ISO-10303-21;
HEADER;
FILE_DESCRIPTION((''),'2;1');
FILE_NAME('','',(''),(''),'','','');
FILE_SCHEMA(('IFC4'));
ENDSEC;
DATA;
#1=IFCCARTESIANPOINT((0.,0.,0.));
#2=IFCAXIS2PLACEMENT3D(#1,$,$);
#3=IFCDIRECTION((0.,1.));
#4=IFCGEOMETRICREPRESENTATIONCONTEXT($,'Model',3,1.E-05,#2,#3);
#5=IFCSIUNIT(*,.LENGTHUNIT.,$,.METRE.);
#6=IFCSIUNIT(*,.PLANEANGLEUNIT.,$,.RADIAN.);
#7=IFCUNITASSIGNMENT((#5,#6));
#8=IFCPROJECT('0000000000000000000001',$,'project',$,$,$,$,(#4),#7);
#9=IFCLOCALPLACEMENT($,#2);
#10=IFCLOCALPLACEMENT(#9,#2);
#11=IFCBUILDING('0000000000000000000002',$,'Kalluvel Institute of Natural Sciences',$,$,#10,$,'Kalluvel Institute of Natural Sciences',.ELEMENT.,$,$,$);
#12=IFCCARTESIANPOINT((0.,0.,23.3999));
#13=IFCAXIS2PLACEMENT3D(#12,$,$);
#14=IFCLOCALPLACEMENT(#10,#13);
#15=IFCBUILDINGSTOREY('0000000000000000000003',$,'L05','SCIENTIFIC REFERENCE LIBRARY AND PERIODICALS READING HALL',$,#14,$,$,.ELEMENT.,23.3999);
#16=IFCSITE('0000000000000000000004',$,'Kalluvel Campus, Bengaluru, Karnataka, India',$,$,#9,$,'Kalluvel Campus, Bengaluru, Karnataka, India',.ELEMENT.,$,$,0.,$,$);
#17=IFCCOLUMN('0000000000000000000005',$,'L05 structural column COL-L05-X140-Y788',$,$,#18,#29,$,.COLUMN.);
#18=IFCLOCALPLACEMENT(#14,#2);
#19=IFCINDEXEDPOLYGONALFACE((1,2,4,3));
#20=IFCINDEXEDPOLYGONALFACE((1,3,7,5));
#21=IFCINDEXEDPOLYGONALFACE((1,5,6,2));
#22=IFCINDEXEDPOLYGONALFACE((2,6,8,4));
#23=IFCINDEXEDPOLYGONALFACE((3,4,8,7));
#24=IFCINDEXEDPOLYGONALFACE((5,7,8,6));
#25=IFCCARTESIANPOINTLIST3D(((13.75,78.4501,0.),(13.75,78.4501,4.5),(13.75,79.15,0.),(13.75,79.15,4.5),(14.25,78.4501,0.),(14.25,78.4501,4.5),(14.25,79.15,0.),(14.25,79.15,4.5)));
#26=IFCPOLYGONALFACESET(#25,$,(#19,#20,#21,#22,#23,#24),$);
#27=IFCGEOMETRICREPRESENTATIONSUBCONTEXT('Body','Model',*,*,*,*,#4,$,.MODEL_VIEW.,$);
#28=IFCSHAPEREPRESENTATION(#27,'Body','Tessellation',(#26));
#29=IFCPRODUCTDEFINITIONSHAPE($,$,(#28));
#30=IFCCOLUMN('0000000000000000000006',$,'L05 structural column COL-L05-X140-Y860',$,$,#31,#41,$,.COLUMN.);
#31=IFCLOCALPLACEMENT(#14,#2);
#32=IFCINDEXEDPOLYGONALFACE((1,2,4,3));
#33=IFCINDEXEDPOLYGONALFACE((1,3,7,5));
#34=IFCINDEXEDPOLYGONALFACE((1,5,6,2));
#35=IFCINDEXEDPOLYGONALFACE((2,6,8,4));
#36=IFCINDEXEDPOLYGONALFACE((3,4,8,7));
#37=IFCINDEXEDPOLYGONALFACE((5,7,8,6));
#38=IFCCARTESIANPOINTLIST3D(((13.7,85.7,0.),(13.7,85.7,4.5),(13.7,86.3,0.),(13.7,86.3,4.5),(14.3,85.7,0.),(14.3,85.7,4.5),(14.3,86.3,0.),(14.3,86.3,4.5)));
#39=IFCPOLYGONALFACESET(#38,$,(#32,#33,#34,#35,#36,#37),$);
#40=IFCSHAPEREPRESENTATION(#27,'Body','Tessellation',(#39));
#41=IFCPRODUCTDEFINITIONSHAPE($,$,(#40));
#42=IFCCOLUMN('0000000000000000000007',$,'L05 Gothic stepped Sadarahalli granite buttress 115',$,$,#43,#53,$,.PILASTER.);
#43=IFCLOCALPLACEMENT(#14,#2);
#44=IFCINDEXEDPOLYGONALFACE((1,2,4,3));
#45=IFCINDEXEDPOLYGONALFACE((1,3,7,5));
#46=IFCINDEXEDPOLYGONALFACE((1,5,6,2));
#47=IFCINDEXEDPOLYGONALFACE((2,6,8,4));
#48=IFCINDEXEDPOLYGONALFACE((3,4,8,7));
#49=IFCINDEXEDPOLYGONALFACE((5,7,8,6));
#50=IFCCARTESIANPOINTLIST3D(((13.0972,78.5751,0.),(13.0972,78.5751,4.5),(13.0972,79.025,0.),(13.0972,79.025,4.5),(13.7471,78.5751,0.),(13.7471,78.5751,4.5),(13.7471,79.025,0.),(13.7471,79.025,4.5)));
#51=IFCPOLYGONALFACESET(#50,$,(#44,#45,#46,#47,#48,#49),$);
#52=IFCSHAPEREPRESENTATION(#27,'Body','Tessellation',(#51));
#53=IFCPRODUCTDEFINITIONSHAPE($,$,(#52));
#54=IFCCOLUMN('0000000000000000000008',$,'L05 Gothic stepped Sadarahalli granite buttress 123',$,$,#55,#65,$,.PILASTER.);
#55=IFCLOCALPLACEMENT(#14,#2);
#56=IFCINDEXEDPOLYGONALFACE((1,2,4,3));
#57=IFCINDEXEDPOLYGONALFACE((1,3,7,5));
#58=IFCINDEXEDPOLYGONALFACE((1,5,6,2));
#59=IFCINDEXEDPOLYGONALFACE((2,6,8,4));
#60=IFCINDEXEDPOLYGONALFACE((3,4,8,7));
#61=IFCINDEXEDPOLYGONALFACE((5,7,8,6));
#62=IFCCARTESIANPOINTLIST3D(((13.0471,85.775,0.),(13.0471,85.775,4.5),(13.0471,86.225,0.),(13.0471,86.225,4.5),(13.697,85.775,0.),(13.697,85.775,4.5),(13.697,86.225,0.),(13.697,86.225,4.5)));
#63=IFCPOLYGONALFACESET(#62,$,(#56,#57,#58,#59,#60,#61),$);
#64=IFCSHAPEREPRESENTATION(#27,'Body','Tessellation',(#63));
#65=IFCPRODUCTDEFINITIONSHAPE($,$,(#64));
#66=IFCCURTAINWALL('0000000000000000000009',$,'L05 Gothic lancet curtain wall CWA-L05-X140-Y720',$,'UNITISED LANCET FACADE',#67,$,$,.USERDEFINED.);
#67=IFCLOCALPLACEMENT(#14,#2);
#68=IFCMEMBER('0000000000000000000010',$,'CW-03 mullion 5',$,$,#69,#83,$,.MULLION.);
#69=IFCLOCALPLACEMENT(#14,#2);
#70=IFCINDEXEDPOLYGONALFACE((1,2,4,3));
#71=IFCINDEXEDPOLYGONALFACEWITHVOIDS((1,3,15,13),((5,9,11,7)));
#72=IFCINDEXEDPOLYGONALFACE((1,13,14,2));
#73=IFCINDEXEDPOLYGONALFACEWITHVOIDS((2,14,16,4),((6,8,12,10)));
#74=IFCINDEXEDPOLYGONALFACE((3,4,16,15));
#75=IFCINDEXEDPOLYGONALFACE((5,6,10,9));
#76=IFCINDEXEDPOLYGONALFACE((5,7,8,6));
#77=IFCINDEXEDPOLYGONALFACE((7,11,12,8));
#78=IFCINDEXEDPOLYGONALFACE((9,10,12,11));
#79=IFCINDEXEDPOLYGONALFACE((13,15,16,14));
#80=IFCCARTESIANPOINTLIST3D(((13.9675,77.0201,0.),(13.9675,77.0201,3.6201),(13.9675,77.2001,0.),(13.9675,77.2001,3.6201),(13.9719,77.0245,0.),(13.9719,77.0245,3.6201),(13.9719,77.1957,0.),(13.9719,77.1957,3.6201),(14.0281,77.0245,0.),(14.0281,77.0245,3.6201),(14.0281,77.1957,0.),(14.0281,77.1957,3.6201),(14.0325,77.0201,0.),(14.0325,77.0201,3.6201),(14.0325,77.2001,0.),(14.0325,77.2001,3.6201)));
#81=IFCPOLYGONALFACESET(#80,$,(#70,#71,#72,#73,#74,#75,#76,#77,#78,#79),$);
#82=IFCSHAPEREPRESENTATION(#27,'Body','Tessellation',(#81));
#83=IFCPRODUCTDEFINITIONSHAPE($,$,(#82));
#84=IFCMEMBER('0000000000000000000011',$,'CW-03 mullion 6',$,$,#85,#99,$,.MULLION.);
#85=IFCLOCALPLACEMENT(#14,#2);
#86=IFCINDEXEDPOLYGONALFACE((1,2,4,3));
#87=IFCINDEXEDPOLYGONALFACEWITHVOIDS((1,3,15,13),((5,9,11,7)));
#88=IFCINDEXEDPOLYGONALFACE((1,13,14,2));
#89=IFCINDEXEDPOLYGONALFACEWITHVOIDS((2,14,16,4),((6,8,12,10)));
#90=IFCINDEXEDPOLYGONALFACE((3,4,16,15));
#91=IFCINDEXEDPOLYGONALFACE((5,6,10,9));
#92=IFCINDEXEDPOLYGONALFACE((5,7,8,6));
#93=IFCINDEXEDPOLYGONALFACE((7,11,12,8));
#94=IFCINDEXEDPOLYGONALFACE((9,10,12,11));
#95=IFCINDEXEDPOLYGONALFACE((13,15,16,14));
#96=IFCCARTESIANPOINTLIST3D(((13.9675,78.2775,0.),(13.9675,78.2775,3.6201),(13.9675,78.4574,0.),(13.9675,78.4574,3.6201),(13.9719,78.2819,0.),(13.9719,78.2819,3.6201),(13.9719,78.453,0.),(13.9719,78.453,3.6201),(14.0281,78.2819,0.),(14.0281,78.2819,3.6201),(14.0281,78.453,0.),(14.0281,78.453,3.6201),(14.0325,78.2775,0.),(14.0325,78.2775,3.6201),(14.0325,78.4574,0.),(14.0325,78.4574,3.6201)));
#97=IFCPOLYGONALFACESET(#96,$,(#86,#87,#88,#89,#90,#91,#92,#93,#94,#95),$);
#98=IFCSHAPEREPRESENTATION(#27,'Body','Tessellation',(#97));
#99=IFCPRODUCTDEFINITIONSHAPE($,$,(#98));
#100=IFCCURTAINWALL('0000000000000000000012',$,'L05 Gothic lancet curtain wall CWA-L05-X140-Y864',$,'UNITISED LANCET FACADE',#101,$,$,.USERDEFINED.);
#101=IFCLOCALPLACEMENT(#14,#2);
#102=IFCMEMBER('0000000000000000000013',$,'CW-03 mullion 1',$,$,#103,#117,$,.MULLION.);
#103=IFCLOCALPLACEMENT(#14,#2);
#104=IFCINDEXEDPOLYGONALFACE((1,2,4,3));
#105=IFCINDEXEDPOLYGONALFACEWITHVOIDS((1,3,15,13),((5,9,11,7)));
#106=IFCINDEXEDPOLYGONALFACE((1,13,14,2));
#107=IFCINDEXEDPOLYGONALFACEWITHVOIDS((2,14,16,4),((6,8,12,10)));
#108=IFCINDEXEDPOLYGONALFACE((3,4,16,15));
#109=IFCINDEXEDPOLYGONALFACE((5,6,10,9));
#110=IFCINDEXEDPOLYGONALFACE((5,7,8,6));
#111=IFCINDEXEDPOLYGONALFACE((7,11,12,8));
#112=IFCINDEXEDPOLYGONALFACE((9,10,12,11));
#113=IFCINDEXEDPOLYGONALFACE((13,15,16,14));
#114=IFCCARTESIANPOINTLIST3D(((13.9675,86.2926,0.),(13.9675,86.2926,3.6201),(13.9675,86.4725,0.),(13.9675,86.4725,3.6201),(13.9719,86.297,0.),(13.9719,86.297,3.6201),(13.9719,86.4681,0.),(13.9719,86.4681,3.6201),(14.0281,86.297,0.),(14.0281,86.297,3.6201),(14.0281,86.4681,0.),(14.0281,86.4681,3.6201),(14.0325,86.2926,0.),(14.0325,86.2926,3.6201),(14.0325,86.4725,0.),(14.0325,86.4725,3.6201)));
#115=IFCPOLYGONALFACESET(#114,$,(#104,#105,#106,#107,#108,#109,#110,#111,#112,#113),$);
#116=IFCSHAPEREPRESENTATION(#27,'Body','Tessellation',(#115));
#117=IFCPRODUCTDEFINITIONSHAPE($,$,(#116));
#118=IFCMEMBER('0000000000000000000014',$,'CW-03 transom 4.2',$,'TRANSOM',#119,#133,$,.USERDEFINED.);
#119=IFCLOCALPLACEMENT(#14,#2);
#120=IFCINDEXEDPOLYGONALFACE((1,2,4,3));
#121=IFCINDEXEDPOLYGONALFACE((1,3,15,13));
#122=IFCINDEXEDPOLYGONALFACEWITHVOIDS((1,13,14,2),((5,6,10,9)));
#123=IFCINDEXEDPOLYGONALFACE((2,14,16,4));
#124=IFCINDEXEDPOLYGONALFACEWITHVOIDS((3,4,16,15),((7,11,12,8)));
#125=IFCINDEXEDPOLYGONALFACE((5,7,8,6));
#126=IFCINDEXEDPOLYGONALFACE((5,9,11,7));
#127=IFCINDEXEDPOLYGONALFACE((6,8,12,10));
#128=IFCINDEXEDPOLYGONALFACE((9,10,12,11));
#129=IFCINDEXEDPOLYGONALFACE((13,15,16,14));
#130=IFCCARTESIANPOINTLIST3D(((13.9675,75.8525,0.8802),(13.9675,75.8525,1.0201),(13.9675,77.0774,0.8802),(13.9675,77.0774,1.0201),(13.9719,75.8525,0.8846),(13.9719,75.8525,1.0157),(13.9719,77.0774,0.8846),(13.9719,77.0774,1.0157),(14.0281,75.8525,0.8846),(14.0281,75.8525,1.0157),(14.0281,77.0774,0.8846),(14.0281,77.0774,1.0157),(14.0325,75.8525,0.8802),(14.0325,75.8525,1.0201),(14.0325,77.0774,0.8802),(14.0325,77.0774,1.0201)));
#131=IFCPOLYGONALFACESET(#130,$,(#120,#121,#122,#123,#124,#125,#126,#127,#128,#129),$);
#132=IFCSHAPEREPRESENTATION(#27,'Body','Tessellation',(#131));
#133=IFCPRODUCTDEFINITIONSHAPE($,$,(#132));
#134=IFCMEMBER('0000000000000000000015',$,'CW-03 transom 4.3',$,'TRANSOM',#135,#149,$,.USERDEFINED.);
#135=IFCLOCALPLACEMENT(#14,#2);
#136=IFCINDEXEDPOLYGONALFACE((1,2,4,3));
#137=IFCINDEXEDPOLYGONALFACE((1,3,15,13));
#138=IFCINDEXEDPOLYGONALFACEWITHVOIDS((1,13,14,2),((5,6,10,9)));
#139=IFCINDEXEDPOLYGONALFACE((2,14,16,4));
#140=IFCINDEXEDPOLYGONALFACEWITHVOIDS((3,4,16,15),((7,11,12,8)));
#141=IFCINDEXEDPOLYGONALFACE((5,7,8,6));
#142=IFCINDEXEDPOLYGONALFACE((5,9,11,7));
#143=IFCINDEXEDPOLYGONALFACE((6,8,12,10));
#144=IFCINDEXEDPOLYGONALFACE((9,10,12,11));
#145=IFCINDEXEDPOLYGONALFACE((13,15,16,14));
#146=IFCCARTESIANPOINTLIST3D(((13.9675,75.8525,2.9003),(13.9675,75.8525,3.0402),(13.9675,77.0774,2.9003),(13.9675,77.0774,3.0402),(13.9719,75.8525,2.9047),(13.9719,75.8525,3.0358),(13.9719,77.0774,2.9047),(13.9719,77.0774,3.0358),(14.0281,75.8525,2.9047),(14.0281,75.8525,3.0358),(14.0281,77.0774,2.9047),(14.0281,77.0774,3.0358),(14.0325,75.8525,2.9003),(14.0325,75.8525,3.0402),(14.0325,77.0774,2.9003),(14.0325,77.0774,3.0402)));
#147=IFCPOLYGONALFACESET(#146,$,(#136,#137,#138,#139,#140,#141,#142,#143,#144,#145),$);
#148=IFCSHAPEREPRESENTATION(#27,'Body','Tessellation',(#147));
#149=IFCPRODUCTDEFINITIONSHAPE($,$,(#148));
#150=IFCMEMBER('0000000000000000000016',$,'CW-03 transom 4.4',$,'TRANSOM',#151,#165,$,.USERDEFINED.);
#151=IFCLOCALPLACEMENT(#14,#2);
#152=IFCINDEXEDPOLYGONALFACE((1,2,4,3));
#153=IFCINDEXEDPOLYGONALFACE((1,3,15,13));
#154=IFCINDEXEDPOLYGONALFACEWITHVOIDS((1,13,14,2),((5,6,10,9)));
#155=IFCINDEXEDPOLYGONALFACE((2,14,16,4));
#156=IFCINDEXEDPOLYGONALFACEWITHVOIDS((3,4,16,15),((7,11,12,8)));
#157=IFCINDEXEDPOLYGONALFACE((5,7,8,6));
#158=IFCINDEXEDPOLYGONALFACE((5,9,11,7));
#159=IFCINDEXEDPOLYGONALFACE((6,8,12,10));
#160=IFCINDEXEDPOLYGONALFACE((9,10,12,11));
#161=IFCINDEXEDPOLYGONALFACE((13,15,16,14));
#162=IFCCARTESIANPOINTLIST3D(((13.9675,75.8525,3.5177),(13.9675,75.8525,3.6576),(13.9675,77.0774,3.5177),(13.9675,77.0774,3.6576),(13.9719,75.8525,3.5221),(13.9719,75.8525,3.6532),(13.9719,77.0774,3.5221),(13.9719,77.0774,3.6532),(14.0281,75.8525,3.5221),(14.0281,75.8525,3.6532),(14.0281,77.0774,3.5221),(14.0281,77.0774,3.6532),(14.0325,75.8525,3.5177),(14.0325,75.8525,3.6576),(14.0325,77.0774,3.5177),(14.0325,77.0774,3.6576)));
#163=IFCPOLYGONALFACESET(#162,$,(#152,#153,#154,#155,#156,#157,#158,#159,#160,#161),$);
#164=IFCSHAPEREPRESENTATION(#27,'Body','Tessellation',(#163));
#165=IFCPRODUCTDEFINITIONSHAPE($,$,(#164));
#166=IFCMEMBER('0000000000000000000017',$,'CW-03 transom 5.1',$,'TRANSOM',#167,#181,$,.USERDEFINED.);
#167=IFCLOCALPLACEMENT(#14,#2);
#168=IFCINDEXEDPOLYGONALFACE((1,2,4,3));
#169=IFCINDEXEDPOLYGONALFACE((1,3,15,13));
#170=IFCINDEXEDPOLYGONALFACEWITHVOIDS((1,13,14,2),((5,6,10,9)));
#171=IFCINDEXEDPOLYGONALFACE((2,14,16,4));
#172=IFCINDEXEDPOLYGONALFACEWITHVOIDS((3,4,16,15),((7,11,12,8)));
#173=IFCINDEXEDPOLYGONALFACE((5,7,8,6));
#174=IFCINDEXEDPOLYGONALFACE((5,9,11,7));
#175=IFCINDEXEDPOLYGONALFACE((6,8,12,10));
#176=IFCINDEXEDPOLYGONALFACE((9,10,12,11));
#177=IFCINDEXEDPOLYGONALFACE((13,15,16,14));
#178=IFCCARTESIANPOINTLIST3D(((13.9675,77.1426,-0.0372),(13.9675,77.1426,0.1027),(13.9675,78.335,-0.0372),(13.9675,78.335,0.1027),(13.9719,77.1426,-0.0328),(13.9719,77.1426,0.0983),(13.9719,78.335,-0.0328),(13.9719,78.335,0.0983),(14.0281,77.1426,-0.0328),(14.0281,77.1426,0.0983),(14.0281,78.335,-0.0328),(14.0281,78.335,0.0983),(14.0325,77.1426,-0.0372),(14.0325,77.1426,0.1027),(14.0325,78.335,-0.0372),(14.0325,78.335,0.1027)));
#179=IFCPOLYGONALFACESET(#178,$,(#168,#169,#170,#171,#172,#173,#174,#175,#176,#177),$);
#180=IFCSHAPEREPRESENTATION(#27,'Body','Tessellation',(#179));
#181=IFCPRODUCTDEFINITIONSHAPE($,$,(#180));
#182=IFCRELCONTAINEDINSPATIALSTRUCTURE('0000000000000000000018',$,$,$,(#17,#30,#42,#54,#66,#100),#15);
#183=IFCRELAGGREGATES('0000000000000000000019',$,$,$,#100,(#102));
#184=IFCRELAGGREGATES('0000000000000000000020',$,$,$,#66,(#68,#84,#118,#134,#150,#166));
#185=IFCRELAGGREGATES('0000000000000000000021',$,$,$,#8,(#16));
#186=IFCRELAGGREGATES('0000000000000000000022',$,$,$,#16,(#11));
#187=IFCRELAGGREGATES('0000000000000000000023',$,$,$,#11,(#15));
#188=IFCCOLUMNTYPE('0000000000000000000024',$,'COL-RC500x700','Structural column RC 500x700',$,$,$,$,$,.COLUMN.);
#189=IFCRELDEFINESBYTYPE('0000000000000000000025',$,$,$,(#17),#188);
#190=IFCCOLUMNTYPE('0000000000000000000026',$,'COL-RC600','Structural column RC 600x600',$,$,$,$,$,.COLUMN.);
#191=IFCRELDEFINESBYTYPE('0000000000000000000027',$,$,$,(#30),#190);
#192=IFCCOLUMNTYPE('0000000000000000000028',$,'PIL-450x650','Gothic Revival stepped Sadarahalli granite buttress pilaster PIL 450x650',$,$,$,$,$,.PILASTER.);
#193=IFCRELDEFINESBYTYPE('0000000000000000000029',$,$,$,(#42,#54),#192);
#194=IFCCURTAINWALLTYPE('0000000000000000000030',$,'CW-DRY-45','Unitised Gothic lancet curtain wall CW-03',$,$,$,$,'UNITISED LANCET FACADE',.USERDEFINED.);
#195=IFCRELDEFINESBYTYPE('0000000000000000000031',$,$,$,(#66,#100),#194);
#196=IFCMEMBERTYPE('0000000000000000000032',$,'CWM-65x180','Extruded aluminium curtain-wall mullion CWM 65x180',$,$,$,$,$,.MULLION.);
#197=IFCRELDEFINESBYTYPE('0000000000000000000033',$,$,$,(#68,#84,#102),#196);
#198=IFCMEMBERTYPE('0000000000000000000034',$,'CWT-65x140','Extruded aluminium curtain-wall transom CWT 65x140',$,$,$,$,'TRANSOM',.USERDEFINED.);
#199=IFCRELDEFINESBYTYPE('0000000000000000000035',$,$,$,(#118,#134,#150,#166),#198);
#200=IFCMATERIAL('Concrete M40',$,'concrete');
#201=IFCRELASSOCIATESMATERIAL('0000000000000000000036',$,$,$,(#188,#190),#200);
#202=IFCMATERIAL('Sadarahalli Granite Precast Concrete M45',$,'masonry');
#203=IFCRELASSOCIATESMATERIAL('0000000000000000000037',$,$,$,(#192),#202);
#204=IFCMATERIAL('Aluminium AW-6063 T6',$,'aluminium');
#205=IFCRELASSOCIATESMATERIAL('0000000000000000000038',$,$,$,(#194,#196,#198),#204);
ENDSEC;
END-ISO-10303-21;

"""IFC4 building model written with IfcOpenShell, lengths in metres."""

from ifc_helpers import new_model, si_unit, direction, frame, origin, origin_2d, place, context, subcontext, project, spatial, rectangle, hollow_rectangle, extrude, material, material_profile, profile_set, type_object, element, aggregate, save


model = new_model("IFC4")

# Units and contexts
model_context = context("Model", 3, precision=1e-05, world=origin(), true_north=direction((0.0, 1.0)))
body_context = subcontext(model_context, "Body", "Model", "MODEL_VIEW")
ifc_project = project(units=[si_unit("LENGTHUNIT", "METRE"), si_unit("PLANEANGLEUNIT", "RADIAN")], contexts=[model_context])

# Site, building, storey
site_placement = place(None, origin())
site = spatial("IfcSite", under=ifc_project, at=site_placement, Name="Kalluvel Campus, Bengaluru, Karnataka, India", LongName="Kalluvel Campus, Bengaluru, Karnataka, India", CompositionType="ELEMENT", RefElevation=0.0)
building_placement = place(site_placement, origin())
building = spatial("IfcBuilding", under=site, at=building_placement, Name="Kalluvel Institute of Natural Sciences", LongName="Kalluvel Institute of Natural Sciences", CompositionType="ELEMENT")
storey_placement = place(building_placement, frame((0.0, 0.0, 23.3999)))
storey = spatial("IfcBuildingStorey", under=building, at=storey_placement, Name="L05", Description="SCIENTIFIC REFERENCE LIBRARY AND PERIODICALS READING HALL", CompositionType="ELEMENT", Elevation=23.3999)

# Columns
ifc_material_1 = material(Name="Concrete M40", Category="concrete")
ifc_material_profile_1 = material_profile(ifc_material_1, rectangle(XDim=0.5, YDim=0.7, at=origin_2d()), Name="RC 500x700")
ifc_profile_set_1 = profile_set([ifc_material_profile_1], Name="Concrete M40")
column_type_1 = type_object("IfcColumnType", Name="COL-RC500x700", Description="Structural column RC 500x700", PredefinedType="COLUMN", material=ifc_profile_set_1)
column_1_placement = place(storey_placement, frame((14.0, 78.8, 0.0), z_axis=(0.0, 0.0, 1.0), x_axis=(1.0, 0.0, 0.0)))
element("IfcColumn", 1, at=column_1_placement, inside=storey, type_object=column_type_1, Name="L05 structural column COL-L05-X140-Y788", PredefinedType="COLUMN", context=body_context, shape_type="SweptSolid", body=[
    extrude(rectangle(XDim=0.5, YDim=0.7, at=origin_2d()), origin(), (0.0, 0.0, 1.0), 4.5),
])
ifc_material_profile_2 = material_profile(ifc_material_1, rectangle(XDim=0.6001, YDim=0.6001, at=origin_2d()), Name="RC 600x600")
ifc_profile_set_2 = profile_set([ifc_material_profile_2], Name="Concrete M40")
column_type_2 = type_object("IfcColumnType", Name="COL-RC600", Description="Structural column RC 600x600", PredefinedType="COLUMN", material=ifc_profile_set_2)
column_2_placement = place(storey_placement, frame((14.0, 86.0, 0.0), z_axis=(0.0, 0.0, 1.0), x_axis=(1.0, 0.0, 0.0)))
element("IfcColumn", 2, at=column_2_placement, inside=storey, type_object=column_type_2, Name="L05 structural column COL-L05-X140-Y860", PredefinedType="COLUMN", context=body_context, shape_type="SweptSolid", body=[
    extrude(rectangle(XDim=0.6001, YDim=0.6001, at=origin_2d()), origin(), (0.0, 0.0, 1.0), 4.5),
])
ifc_material_2 = material(Name="Sadarahalli Granite Precast Concrete M45", Category="masonry")
ifc_material_profile_3 = material_profile(ifc_material_2, rectangle(XDim=0.45, YDim=0.6499, at=origin_2d()), Name="PIL 450x650")
ifc_profile_set_3 = profile_set([ifc_material_profile_3], Name="Sadarahalli Granite Precast Concrete M45")
column_type_3 = type_object("IfcColumnType", Name="PIL-450x650", Description="Gothic Revival stepped Sadarahalli granite buttress pilaster PIL 450x650", PredefinedType="PILASTER", material=ifc_profile_set_3)
for number, where, z_axis, x_axis, name in (
    (3, (13.4221, 78.8, 0.0), (0.0, 0.0, 1.0), (0.0, 1.0, 0.0), "L05 Gothic stepped Sadarahalli granite buttress 115"),
    (4, (13.3721, 86.0, 0.0), (0.0, 0.0, 1.0), (0.0, 1.0, 0.0), "L05 Gothic stepped Sadarahalli granite buttress 123"),
):
    element("IfcColumn", number, at=place(storey_placement, frame(where, z_axis=z_axis, x_axis=x_axis)), inside=storey, type_object=column_type_3, Name=name, PredefinedType="PILASTER", context=body_context, shape_type="SweptSolid", body=[
        extrude(rectangle(XDim=0.45, YDim=0.6499, at=origin_2d()), origin(), (0.0, 0.0, 1.0), 4.5),
    ])

# Curtain wall, members
ifc_material_3 = material(Name="Aluminium AW-6063 T6", Category="aluminium")
curtain_wall_type = type_object("IfcCurtainWallType", Name="CW-DRY-45", Description="Unitised Gothic lancet curtain wall CW-03", ElementType="UNITISED LANCET FACADE", PredefinedType="USERDEFINED", material=ifc_material_3)
curtain_wall_1_placement = place(storey_placement, origin())
curtain_wall_1 = element("IfcCurtainWall", 5, at=curtain_wall_1_placement, inside=storey, type_object=curtain_wall_type, Name="L05 Gothic lancet curtain wall CWA-L05-X140-Y720", ObjectType="UNITISED LANCET FACADE", PredefinedType="USERDEFINED")
ifc_material_profile_4 = material_profile(ifc_material_3, hollow_rectangle(XDim=0.0649, YDim=0.1799, WallThickness=0.0044, at=origin_2d()), Name="CWM 65x180")
ifc_profile_set_4 = profile_set([ifc_material_profile_4], Name="Aluminium AW-6063 T6")
member_type_1 = type_object("IfcMemberType", Name="CWM-65x180", Description="Extruded aluminium curtain-wall mullion CWM 65x180", PredefinedType="MULLION", material=ifc_profile_set_4)
member_1_placement = place(storey_placement, frame((14.0, 77.1101, 0.0), z_axis=(0.0, 0.0, 1.0), x_axis=(-1.0, 0.0, 0.0)))
member_1 = element("IfcMember", 6, at=member_1_placement, type_object=member_type_1, Name="CW-03 mullion 5", PredefinedType="MULLION", context=body_context, shape_type="SweptSolid", body=[
    extrude(hollow_rectangle(XDim=0.0649, YDim=0.1799, WallThickness=0.0044, at=origin_2d()), origin(), (0.0, 0.0, 1.0), 3.6201),
])
member_2_placement = place(storey_placement, frame((14.0, 78.3674, 0.0), z_axis=(0.0, 0.0, 1.0), x_axis=(-1.0, 0.0, 0.0)))
member_2 = element("IfcMember", 7, at=member_2_placement, type_object=member_type_1, Name="CW-03 mullion 6", PredefinedType="MULLION", context=body_context, shape_type="SweptSolid", body=[
    extrude(hollow_rectangle(XDim=0.0649, YDim=0.1799, WallThickness=0.0044, at=origin_2d()), origin(), (0.0, 0.0, 1.0), 3.6201),
])

# Curtain wall, member
curtain_wall_2_placement = place(storey_placement, origin())
curtain_wall_2 = element("IfcCurtainWall", 8, at=curtain_wall_2_placement, inside=storey, type_object=curtain_wall_type, Name="L05 Gothic lancet curtain wall CWA-L05-X140-Y864", ObjectType="UNITISED LANCET FACADE", PredefinedType="USERDEFINED")
member_3_placement = place(storey_placement, frame((14.0, 86.3826, 0.0), z_axis=(0.0, 0.0, 1.0), x_axis=(-1.0, 0.0, 0.0)))
member_3 = element("IfcMember", 9, at=member_3_placement, type_object=member_type_1, Name="CW-03 mullion 1", PredefinedType="MULLION", context=body_context, shape_type="SweptSolid", body=[
    extrude(hollow_rectangle(XDim=0.0649, YDim=0.1799, WallThickness=0.0044, at=origin_2d()), origin(), (0.0, 0.0, 1.0), 3.6201),
])

# Members
ifc_material_profile_5 = material_profile(ifc_material_3, hollow_rectangle(XDim=0.0649, YDim=0.1399, WallThickness=0.0044, at=origin_2d()), Name="CWT 65x140")
ifc_profile_set_5 = profile_set([ifc_material_profile_5], Name="Aluminium AW-6063 T6")
member_type_2 = type_object("IfcMemberType", Name="CWT-65x140", Description="Extruded aluminium curtain-wall transom CWT 65x140", ElementType="TRANSOM", PredefinedType="USERDEFINED", material=ifc_profile_set_5)
member_4_placement = place(storey_placement, frame((14.0, 75.8525, 0.9502), z_axis=(0.0, 1.0, 0.0), x_axis=(-1.0, 0.0, 0.0)))
member_4 = element("IfcMember", 10, at=member_4_placement, type_object=member_type_2, Name="CW-03 transom 4.2", ObjectType="TRANSOM", PredefinedType="USERDEFINED", context=body_context, shape_type="SweptSolid", body=[
    extrude(hollow_rectangle(XDim=0.0649, YDim=0.1399, WallThickness=0.0044, at=origin_2d()), origin(), (0.0, 0.0, 1.0), 1.2249),
])
member_5_placement = place(storey_placement, frame((14.0, 75.8525, 2.9702), z_axis=(0.0, 1.0, 0.0), x_axis=(-1.0, 0.0, 0.0)))
member_5 = element("IfcMember", 11, at=member_5_placement, type_object=member_type_2, Name="CW-03 transom 4.3", ObjectType="TRANSOM", PredefinedType="USERDEFINED", context=body_context, shape_type="SweptSolid", body=[
    extrude(hollow_rectangle(XDim=0.0649, YDim=0.1399, WallThickness=0.0044, at=origin_2d()), origin(), (0.0, 0.0, 1.0), 1.2249),
])
member_6_placement = place(storey_placement, frame((14.0, 75.8525, 3.5876), z_axis=(0.0, 1.0, 0.0), x_axis=(-1.0, 0.0, 0.0)))
member_6 = element("IfcMember", 12, at=member_6_placement, type_object=member_type_2, Name="CW-03 transom 4.4", ObjectType="TRANSOM", PredefinedType="USERDEFINED", context=body_context, shape_type="SweptSolid", body=[
    extrude(hollow_rectangle(XDim=0.0649, YDim=0.1399, WallThickness=0.0044, at=origin_2d()), origin(), (0.0, 0.0, 1.0), 1.2249),
])
member_7_placement = place(storey_placement, frame((14.0, 77.1426, 0.0327), z_axis=(0.0, 1.0, 0.0), x_axis=(-1.0, 0.0, 0.0)))
member_7 = element("IfcMember", 13, at=member_7_placement, type_object=member_type_2, Name="CW-03 transom 5.1", ObjectType="TRANSOM", PredefinedType="USERDEFINED", context=body_context, shape_type="SweptSolid", body=[
    extrude(hollow_rectangle(XDim=0.0649, YDim=0.1399, WallThickness=0.0044, at=origin_2d()), origin(), (0.0, 0.0, 1.0), 1.1924),
])
aggregate(curtain_wall_2, [member_3])

aggregate(curtain_wall_1, [member_1, member_2, member_4, member_5, member_6, member_7])

save(model, "model.ifc")
